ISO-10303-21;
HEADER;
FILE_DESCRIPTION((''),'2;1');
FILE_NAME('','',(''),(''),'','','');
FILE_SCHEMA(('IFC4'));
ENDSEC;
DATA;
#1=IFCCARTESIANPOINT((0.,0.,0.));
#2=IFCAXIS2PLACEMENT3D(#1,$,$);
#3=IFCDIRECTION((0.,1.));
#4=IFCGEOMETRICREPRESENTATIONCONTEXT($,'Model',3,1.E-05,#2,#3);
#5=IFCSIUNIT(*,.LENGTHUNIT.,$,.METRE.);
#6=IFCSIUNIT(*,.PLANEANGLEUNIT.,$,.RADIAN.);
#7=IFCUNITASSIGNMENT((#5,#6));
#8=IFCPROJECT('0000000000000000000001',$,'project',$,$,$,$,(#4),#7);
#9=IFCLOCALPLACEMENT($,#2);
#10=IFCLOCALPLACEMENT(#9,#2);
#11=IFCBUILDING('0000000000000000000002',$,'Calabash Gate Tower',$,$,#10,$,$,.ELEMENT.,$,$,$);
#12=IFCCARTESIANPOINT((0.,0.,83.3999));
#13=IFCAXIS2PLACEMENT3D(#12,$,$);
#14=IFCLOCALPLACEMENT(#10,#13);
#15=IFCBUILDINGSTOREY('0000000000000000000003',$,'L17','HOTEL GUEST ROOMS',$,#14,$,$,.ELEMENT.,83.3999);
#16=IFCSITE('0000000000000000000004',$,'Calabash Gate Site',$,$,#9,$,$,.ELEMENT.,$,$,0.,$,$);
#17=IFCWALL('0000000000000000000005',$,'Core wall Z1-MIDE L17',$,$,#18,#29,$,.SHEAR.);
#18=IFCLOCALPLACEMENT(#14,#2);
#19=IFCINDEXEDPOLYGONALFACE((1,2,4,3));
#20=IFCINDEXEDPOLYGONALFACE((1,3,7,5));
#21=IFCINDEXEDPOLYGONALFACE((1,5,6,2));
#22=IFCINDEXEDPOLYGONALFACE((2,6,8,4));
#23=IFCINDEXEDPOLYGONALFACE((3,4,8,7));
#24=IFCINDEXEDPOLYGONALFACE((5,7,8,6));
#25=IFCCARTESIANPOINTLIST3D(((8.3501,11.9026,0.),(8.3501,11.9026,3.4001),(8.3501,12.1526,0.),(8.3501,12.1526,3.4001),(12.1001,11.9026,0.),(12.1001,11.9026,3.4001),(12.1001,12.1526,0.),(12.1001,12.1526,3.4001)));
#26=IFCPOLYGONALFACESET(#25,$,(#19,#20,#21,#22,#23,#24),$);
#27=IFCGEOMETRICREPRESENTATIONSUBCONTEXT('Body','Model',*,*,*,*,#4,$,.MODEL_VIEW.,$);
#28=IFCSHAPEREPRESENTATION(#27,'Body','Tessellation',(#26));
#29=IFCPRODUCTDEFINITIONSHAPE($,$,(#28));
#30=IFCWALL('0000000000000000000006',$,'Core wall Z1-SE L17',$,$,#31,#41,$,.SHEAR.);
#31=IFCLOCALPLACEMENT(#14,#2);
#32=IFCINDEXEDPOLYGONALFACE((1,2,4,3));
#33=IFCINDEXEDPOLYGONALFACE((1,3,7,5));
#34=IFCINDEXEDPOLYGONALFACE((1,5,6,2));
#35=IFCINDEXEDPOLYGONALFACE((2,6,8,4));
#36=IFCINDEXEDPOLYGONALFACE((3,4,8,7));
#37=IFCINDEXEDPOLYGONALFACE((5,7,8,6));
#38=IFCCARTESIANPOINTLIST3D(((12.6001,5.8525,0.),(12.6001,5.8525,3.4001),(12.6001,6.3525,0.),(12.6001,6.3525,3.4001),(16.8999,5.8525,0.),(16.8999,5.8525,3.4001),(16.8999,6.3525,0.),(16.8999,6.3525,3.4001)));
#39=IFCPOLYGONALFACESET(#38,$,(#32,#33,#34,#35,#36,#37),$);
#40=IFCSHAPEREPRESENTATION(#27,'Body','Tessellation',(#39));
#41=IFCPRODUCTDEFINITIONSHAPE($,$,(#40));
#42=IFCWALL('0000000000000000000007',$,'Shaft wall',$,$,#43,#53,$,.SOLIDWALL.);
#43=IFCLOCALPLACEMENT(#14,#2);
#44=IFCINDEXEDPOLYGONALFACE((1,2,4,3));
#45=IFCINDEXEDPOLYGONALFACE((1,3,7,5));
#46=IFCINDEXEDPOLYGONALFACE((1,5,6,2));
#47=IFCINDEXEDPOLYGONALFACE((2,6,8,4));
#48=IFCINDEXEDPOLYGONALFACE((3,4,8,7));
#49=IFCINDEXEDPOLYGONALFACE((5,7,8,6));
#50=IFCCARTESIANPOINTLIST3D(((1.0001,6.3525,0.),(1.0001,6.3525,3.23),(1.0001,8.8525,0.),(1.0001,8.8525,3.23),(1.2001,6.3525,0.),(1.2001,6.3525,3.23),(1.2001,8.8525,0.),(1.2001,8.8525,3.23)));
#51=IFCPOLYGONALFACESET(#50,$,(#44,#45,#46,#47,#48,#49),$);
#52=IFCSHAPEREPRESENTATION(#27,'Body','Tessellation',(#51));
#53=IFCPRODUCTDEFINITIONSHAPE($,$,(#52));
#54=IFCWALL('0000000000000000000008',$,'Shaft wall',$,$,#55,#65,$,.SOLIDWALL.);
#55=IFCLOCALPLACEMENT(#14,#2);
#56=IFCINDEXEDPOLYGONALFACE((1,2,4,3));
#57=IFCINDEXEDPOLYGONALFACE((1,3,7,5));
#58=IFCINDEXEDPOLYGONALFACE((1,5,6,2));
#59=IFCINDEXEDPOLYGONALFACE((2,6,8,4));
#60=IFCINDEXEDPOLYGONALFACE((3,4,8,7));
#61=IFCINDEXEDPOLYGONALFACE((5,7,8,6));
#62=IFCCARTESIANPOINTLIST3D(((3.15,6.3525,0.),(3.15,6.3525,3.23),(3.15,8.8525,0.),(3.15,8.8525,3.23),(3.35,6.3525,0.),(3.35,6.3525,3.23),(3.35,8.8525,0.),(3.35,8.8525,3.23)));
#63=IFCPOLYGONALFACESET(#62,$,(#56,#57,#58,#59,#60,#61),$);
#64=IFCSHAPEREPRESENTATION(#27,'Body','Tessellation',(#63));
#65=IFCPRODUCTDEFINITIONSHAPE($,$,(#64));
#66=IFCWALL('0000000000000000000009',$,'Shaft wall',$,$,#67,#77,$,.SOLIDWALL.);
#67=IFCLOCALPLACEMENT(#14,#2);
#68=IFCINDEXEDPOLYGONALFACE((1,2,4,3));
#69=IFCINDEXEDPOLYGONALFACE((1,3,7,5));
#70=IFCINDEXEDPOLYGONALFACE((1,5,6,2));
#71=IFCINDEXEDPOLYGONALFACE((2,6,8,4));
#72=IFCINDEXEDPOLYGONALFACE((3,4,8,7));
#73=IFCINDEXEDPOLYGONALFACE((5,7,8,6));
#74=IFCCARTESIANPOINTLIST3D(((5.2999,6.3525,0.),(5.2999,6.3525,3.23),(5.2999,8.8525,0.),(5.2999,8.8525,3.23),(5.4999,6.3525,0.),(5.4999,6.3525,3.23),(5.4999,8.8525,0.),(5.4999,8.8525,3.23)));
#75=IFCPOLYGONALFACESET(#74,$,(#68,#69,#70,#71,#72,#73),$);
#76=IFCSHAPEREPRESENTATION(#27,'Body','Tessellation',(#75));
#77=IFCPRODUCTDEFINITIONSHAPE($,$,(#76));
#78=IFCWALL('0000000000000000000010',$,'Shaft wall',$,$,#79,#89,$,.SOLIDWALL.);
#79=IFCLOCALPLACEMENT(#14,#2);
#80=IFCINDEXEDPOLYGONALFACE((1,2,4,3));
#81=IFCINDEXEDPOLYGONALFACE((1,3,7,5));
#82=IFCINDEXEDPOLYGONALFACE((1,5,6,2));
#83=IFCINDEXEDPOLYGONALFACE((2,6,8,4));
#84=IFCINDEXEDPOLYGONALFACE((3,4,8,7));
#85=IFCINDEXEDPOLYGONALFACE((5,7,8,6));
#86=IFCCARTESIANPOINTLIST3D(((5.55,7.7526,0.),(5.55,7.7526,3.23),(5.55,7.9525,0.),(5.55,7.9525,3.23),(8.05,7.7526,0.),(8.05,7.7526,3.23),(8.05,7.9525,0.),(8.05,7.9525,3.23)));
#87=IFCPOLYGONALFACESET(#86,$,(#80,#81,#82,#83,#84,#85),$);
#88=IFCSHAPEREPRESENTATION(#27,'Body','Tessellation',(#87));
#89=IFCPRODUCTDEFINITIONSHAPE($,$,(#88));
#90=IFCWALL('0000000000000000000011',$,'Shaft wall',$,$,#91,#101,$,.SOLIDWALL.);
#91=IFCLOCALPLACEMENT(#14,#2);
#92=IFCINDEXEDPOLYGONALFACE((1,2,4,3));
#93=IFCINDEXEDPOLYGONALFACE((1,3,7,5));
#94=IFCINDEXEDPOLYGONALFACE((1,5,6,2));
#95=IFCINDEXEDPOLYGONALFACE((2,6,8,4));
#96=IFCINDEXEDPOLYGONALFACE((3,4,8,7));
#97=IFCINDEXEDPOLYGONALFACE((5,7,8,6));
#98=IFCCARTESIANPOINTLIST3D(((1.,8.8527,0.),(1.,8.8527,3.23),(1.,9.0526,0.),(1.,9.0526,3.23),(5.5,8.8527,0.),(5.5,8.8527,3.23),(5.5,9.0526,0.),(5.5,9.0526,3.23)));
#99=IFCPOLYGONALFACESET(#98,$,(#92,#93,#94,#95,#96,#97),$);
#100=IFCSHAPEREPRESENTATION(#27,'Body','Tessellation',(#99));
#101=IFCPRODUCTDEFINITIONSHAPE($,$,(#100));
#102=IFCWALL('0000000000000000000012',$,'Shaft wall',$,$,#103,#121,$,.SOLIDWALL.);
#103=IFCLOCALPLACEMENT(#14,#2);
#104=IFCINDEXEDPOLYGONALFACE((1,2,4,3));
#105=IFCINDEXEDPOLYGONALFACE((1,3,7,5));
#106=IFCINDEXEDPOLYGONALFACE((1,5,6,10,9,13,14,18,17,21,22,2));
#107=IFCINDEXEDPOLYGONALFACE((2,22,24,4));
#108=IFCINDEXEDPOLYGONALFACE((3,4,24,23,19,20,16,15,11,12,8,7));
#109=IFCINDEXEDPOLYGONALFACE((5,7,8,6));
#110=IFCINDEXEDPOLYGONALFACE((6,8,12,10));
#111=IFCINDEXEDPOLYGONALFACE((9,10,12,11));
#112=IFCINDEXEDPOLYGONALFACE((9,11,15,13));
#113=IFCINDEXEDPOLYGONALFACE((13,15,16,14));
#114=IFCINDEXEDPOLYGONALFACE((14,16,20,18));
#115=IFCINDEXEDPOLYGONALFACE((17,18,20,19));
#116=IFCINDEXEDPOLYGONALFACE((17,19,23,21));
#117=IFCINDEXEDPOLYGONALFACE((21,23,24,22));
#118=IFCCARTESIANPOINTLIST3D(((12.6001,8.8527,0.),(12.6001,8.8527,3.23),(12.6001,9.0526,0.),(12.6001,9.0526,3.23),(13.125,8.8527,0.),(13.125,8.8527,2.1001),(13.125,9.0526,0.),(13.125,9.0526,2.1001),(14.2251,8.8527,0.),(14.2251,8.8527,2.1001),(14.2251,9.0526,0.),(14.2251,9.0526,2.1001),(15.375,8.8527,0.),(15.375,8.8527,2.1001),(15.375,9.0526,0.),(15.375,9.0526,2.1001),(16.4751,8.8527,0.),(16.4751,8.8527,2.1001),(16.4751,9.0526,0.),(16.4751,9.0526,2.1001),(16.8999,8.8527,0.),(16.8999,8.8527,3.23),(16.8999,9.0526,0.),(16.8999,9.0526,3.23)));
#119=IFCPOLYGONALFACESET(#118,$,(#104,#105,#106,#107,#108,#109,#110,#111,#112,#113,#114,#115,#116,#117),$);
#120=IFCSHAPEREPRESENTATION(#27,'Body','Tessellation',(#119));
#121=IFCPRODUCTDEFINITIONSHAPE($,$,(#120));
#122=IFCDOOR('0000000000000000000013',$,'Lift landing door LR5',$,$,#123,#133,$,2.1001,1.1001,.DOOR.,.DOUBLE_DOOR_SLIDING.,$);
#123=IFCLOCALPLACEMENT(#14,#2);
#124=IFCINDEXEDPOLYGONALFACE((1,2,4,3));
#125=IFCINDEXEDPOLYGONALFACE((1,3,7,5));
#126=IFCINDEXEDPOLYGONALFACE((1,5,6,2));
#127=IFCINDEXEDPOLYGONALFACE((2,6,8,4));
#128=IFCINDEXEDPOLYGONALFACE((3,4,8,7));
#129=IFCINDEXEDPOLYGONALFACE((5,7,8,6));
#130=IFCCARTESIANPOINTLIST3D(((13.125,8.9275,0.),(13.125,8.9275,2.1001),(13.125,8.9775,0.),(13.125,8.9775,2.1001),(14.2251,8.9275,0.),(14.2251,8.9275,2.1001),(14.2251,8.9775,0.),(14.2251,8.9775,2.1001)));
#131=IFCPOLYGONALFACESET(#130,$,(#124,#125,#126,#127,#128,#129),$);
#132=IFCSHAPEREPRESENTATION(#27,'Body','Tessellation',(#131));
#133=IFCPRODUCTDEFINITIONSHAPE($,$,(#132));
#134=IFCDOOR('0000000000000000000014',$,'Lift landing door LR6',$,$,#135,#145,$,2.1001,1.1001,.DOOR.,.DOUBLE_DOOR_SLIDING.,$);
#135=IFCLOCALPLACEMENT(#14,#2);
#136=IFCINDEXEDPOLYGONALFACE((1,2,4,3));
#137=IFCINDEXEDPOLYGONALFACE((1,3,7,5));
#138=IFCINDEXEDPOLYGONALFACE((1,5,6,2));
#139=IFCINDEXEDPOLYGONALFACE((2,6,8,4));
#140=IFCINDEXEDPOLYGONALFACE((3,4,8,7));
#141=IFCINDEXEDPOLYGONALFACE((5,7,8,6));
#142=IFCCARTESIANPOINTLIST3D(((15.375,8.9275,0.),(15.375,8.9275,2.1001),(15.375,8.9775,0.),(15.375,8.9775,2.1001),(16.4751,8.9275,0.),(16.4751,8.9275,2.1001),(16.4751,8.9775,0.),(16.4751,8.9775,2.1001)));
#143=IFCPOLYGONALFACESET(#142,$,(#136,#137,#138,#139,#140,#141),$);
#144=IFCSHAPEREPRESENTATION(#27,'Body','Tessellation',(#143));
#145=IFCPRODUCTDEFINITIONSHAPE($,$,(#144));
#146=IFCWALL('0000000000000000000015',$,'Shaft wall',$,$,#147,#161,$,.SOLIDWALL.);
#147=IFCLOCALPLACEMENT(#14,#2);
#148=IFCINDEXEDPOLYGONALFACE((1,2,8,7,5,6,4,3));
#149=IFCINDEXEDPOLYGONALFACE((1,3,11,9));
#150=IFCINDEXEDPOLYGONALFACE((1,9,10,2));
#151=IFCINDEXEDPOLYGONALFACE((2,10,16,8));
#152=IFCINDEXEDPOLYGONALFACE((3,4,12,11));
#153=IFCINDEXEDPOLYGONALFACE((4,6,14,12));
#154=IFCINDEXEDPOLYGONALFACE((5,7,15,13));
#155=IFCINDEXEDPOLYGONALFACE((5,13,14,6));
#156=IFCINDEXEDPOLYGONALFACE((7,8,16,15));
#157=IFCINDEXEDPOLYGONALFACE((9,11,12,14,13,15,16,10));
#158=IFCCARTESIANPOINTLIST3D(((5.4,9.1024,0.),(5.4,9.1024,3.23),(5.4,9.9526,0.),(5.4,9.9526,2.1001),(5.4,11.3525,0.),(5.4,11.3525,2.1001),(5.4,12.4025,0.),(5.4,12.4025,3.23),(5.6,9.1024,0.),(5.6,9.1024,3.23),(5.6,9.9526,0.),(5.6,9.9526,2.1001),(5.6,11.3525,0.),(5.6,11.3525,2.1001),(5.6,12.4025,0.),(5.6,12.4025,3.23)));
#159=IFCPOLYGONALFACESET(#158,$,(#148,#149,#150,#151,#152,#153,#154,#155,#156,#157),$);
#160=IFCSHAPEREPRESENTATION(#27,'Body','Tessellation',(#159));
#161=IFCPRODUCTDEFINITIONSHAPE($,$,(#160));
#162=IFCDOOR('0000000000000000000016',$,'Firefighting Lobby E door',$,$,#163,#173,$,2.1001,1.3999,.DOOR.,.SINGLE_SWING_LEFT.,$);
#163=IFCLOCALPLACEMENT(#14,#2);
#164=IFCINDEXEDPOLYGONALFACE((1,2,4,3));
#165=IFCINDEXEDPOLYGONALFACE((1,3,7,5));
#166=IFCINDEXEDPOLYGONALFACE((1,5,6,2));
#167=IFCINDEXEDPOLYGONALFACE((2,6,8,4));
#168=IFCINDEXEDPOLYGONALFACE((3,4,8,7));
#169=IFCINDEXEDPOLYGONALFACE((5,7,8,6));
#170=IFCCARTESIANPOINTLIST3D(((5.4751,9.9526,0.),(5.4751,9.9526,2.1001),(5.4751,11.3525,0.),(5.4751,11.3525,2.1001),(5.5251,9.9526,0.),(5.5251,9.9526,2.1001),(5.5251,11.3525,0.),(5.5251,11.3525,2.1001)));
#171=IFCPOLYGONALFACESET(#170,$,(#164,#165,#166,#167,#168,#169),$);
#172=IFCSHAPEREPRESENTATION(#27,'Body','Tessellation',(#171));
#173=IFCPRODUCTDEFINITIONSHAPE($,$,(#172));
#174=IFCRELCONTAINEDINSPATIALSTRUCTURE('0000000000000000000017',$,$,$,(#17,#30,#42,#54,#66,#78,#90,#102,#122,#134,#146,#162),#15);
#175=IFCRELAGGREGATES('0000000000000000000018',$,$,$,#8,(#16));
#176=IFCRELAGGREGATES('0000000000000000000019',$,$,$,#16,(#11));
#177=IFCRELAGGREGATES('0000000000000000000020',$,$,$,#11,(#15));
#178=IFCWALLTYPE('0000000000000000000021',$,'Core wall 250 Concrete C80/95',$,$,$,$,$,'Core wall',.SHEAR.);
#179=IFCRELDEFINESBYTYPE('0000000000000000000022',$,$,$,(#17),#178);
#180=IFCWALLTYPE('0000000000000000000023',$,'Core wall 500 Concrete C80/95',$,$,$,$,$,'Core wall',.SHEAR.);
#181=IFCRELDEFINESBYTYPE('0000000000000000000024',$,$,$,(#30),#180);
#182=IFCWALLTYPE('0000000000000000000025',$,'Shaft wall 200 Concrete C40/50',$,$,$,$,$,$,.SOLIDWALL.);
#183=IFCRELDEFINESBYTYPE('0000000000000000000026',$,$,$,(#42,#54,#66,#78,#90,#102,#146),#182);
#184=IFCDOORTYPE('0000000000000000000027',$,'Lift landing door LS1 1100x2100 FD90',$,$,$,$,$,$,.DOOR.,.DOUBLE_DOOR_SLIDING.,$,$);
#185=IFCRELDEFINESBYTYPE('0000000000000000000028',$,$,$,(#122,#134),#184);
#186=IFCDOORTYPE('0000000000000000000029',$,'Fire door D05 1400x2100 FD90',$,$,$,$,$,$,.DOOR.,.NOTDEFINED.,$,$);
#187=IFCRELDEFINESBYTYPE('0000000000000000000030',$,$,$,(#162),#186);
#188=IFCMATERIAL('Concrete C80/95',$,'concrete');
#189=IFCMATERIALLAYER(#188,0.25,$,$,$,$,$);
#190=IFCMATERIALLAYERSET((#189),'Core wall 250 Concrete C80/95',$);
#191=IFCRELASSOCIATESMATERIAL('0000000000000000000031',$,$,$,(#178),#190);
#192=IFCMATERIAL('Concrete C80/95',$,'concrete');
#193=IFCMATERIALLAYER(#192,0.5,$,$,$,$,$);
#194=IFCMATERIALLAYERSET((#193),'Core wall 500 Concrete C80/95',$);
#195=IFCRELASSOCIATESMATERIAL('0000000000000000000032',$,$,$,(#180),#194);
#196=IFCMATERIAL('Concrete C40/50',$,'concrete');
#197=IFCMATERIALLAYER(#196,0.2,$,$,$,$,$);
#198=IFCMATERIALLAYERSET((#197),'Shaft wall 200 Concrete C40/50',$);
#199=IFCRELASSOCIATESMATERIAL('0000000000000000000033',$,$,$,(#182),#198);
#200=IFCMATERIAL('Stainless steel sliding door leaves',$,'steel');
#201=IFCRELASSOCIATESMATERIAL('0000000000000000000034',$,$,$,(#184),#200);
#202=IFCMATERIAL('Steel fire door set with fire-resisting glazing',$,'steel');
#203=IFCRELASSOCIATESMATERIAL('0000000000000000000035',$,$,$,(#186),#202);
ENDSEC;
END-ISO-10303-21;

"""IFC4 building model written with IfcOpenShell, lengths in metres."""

from ifc_helpers import new_model, si_unit, direction, frame, frame_2d, origin, place, context, subcontext, project, spatial, rectangle, extrude, material, layer, layer_set, type_object, element, fill, save


model = new_model("IFC4")

# Units and contexts
model_context = context("Model", 3, precision=1e-05, world=origin(), true_north=direction((0.0, 1.0)))
body_context = subcontext(model_context, "Body", "Model", "MODEL_VIEW")
ifc_project = project(units=[si_unit("LENGTHUNIT", "METRE"), si_unit("PLANEANGLEUNIT", "RADIAN")], contexts=[model_context])

# Site, building, storey
site_placement = place(None, origin())
site = spatial("IfcSite", under=ifc_project, at=site_placement, Name="Calabash Gate Site", CompositionType="ELEMENT", RefElevation=0.0)
building_placement = place(site_placement, origin())
building = spatial("IfcBuilding", under=site, at=building_placement, Name="Calabash Gate Tower", CompositionType="ELEMENT")
storey_placement = place(building_placement, frame((0.0, 0.0, 83.3999)))
storey = spatial("IfcBuildingStorey", under=building, at=storey_placement, Name="L17", Description="HOTEL GUEST ROOMS", CompositionType="ELEMENT", Elevation=83.3999)

# Walls
ifc_material_1 = material(Name="Concrete C80/95", Category="concrete")
ifc_layer_1 = layer(ifc_material_1, 0.25)
ifc_layer_set_1 = layer_set([ifc_layer_1], Name="Core wall 250 Concrete C80/95")
wall_type_1 = type_object("IfcWallType", Name="Core wall 250 Concrete C80/95", ElementType="Core wall", PredefinedType="SHEAR", material=ifc_layer_set_1)
wall_1_placement = place(storey_placement, frame((8.3501, 12.0276, 0.0), z_axis=(0.0, 0.0, 1.0), x_axis=(1.0, 0.0, 0.0)))
element("IfcWall", 1, at=wall_1_placement, inside=storey, type_object=wall_type_1, Name="Core wall Z1-MIDE L17", PredefinedType="SHEAR", context=body_context, shape_type="SweptSolid", body=[
    extrude(rectangle(XDim=3.75, YDim=0.25, at=frame_2d((1.875, 0.0))), origin(), (0.0, 0.0, 1.0), 3.4001),
])
ifc_material_2 = material(Name="Concrete C80/95", Category="concrete")
ifc_layer_2 = layer(ifc_material_2, 0.5)
ifc_layer_set_2 = layer_set([ifc_layer_2], Name="Core wall 500 Concrete C80/95")
wall_type_2 = type_object("IfcWallType", Name="Core wall 500 Concrete C80/95", ElementType="Core wall", PredefinedType="SHEAR", material=ifc_layer_set_2)
wall_2_placement = place(storey_placement, frame((12.6001, 6.1025, 0.0), z_axis=(0.0, 0.0, 1.0), x_axis=(1.0, 0.0, 0.0)))
element("IfcWall", 2, at=wall_2_placement, inside=storey, type_object=wall_type_2, Name="Core wall Z1-SE L17", PredefinedType="SHEAR", context=body_context, shape_type="SweptSolid", body=[
    extrude(rectangle(XDim=4.2998, YDim=0.5, at=frame_2d((2.1499, 0.0))), origin(), (0.0, 0.0, 1.0), 3.4001),
])
ifc_material_3 = material(Name="Concrete C40/50", Category="concrete")
ifc_layer_3 = layer(ifc_material_3, 0.2)
ifc_layer_set_3 = layer_set([ifc_layer_3], Name="Shaft wall 200 Concrete C40/50")
wall_type_3 = type_object("IfcWallType", Name="Shaft wall 200 Concrete C40/50", PredefinedType="SOLIDWALL", material=ifc_layer_set_3)
for number, where, z_axis, x_axis, name in (
    (3, (1.1001, 6.3525, 0.0), (0.0, 0.0, 1.0), (0.0, 1.0, 0.0), "Shaft wall"),
    (4, (3.25, 6.3525, 0.0), (0.0, 0.0, 1.0), (0.0, 1.0, 0.0), "Shaft wall"),
    (5, (5.3999, 6.3525, 0.0), (0.0, 0.0, 1.0), (0.0, 1.0, 0.0), "Shaft wall"),
    (6, (5.55, 7.8525, 0.0), (0.0, 0.0, 1.0), (1.0, 0.0, 0.0), "Shaft wall"),
):
    element("IfcWall", number, at=place(storey_placement, frame(where, z_axis=z_axis, x_axis=x_axis)), inside=storey, type_object=wall_type_3, Name=name, PredefinedType="SOLIDWALL", context=body_context, shape_type="SweptSolid", body=[
        extrude(rectangle(XDim=2.5, YDim=0.2, at=frame_2d((1.25, 0.0))), origin(), (0.0, 0.0, 1.0), 3.23),
    ])
wall_3_placement = place(storey_placement, frame((1.0, 8.9526, 0.0), z_axis=(0.0, 0.0, 1.0), x_axis=(1.0, 0.0, 0.0)))
element("IfcWall", 7, at=wall_3_placement, inside=storey, type_object=wall_type_3, Name="Shaft wall", PredefinedType="SOLIDWALL", context=body_context, shape_type="SweptSolid", body=[
    extrude(rectangle(XDim=4.5, YDim=0.2, at=frame_2d((2.25, 0.0))), origin(), (0.0, 0.0, 1.0), 3.23),
])

# Wall, openings, doors
wall_4_placement = place(storey_placement, frame((12.6001, 8.9526, 0.0), z_axis=(0.0, 0.0, 1.0), x_axis=(1.0, 0.0, 0.0)))
wall_4 = element("IfcWall", 8, at=wall_4_placement, inside=storey, type_object=wall_type_3, Name="Shaft wall", PredefinedType="SOLIDWALL", context=body_context, shape_type="SweptSolid", body=[
    extrude(rectangle(XDim=4.2998, YDim=0.2, at=frame_2d((2.1499, 0.0))), origin(), (0.0, 0.0, 1.0), 3.23),
])
opening_1_placement = place(wall_4_placement, frame((0.5249, 0.0, 0.0)))
opening_1 = element("IfcOpeningElement", 9, at=opening_1_placement, cuts=wall_4, PredefinedType="OPENING", context=body_context, shape_type="SweptSolid", body=[
    extrude(rectangle(XDim=1.1001, YDim=2.1001, at=frame_2d((0.55, 1.05))), frame((0.0, 0.1099, 0.0), z_axis=(0.0, -1.0, 0.0), x_axis=(1.0, 0.0, 0.0)), (0.0, 0.0, 1.0), 0.22),
])
opening_2_placement = place(wall_4_placement, frame((2.7749, 0.0, 0.0)))
opening_2 = element("IfcOpeningElement", 10, at=opening_2_placement, cuts=wall_4, PredefinedType="OPENING", context=body_context, shape_type="SweptSolid", body=[
    extrude(rectangle(XDim=1.1001, YDim=2.1001, at=frame_2d((0.55, 1.05))), frame((0.0, 0.1099, 0.0), z_axis=(0.0, -1.0, 0.0), x_axis=(1.0, 0.0, 0.0)), (0.0, 0.0, 1.0), 0.22),
])
ifc_material_4 = material(Name="Stainless steel sliding door leaves", Category="steel")
door_type_1 = type_object("IfcDoorType", Name="Lift landing door LS1 1100x2100 FD90", OperationType="DOUBLE_DOOR_SLIDING", PredefinedType="DOOR", material=ifc_material_4)
door_1_placement = place(opening_1_placement, origin())
door_1 = element("IfcDoor", 11, at=door_1_placement, inside=storey, type_object=door_type_1, Name="Lift landing door LR5", OperationType="DOUBLE_DOOR_SLIDING", OverallHeight=2.1001, OverallWidth=1.1001, PredefinedType="DOOR", context=body_context, shape_type="SweptSolid", body=[
    extrude(rectangle(XDim=1.1001, YDim=2.1001, at=frame_2d((0.55, 1.05))), frame((0.0, 0.0249, 0.0), z_axis=(0.0, -1.0, 0.0), x_axis=(1.0, 0.0, 0.0)), (0.0, 0.0, 1.0), 0.05),
])
fill(opening_1, door_1)
door_2_placement = place(opening_2_placement, origin())
door_2 = element("IfcDoor", 12, at=door_2_placement, inside=storey, type_object=door_type_1, Name="Lift landing door LR6", OperationType="DOUBLE_DOOR_SLIDING", OverallHeight=2.1001, OverallWidth=1.1001, PredefinedType="DOOR", context=body_context, shape_type="SweptSolid", body=[
    extrude(rectangle(XDim=1.1001, YDim=2.1001, at=frame_2d((0.55, 1.05))), frame((0.0, 0.0249, 0.0), z_axis=(0.0, -1.0, 0.0), x_axis=(1.0, 0.0, 0.0)), (0.0, 0.0, 1.0), 0.05),
])
fill(opening_2, door_2)

# Wall, opening, door
wall_5_placement = place(storey_placement, frame((5.5, 9.1025, 0.0), z_axis=(0.0, 0.0, 1.0), x_axis=(0.0, 1.0, 0.0)))
wall_5 = element("IfcWall", 13, at=wall_5_placement, inside=storey, type_object=wall_type_3, Name="Shaft wall", PredefinedType="SOLIDWALL", context=body_context, shape_type="SweptSolid", body=[
    extrude(rectangle(XDim=3.3, YDim=0.2, at=frame_2d((1.6499, 0.0))), origin(), (0.0, 0.0, 1.0), 3.23),
])
opening_3_placement = place(wall_5_placement, frame((0.8501, 0.0, 0.0)))
opening_3 = element("IfcOpeningElement", 14, at=opening_3_placement, cuts=wall_5, PredefinedType="OPENING", context=body_context, shape_type="SweptSolid", body=[
    extrude(rectangle(XDim=1.3999, YDim=2.1001, at=frame_2d((0.7, 1.05))), frame((0.0, 0.1099, 0.0), z_axis=(0.0, -1.0, 0.0), x_axis=(1.0, 0.0, 0.0)), (0.0, 0.0, 1.0), 0.22),
])
ifc_material_5 = material(Name="Steel fire door set with fire-resisting glazing", Category="steel")
door_type_2 = type_object("IfcDoorType", Name="Fire door D05 1400x2100 FD90", OperationType="NOTDEFINED", PredefinedType="DOOR", material=ifc_material_5)
door_3_placement = place(opening_3_placement, origin())
door_3 = element("IfcDoor", 15, at=door_3_placement, inside=storey, type_object=door_type_2, Name="Firefighting Lobby E door", OperationType="SINGLE_SWING_LEFT", OverallHeight=2.1001, OverallWidth=1.3999, PredefinedType="DOOR", context=body_context, shape_type="SweptSolid", body=[
    extrude(rectangle(XDim=1.3999, YDim=2.1001, at=frame_2d((0.7, 1.05))), frame((0.0, 0.0249, 0.0), z_axis=(0.0, -1.0, 0.0), x_axis=(1.0, 0.0, 0.0)), (0.0, 0.0, 1.0), 0.05),
])
fill(opening_3, door_3)

save(model, "model.ifc")
